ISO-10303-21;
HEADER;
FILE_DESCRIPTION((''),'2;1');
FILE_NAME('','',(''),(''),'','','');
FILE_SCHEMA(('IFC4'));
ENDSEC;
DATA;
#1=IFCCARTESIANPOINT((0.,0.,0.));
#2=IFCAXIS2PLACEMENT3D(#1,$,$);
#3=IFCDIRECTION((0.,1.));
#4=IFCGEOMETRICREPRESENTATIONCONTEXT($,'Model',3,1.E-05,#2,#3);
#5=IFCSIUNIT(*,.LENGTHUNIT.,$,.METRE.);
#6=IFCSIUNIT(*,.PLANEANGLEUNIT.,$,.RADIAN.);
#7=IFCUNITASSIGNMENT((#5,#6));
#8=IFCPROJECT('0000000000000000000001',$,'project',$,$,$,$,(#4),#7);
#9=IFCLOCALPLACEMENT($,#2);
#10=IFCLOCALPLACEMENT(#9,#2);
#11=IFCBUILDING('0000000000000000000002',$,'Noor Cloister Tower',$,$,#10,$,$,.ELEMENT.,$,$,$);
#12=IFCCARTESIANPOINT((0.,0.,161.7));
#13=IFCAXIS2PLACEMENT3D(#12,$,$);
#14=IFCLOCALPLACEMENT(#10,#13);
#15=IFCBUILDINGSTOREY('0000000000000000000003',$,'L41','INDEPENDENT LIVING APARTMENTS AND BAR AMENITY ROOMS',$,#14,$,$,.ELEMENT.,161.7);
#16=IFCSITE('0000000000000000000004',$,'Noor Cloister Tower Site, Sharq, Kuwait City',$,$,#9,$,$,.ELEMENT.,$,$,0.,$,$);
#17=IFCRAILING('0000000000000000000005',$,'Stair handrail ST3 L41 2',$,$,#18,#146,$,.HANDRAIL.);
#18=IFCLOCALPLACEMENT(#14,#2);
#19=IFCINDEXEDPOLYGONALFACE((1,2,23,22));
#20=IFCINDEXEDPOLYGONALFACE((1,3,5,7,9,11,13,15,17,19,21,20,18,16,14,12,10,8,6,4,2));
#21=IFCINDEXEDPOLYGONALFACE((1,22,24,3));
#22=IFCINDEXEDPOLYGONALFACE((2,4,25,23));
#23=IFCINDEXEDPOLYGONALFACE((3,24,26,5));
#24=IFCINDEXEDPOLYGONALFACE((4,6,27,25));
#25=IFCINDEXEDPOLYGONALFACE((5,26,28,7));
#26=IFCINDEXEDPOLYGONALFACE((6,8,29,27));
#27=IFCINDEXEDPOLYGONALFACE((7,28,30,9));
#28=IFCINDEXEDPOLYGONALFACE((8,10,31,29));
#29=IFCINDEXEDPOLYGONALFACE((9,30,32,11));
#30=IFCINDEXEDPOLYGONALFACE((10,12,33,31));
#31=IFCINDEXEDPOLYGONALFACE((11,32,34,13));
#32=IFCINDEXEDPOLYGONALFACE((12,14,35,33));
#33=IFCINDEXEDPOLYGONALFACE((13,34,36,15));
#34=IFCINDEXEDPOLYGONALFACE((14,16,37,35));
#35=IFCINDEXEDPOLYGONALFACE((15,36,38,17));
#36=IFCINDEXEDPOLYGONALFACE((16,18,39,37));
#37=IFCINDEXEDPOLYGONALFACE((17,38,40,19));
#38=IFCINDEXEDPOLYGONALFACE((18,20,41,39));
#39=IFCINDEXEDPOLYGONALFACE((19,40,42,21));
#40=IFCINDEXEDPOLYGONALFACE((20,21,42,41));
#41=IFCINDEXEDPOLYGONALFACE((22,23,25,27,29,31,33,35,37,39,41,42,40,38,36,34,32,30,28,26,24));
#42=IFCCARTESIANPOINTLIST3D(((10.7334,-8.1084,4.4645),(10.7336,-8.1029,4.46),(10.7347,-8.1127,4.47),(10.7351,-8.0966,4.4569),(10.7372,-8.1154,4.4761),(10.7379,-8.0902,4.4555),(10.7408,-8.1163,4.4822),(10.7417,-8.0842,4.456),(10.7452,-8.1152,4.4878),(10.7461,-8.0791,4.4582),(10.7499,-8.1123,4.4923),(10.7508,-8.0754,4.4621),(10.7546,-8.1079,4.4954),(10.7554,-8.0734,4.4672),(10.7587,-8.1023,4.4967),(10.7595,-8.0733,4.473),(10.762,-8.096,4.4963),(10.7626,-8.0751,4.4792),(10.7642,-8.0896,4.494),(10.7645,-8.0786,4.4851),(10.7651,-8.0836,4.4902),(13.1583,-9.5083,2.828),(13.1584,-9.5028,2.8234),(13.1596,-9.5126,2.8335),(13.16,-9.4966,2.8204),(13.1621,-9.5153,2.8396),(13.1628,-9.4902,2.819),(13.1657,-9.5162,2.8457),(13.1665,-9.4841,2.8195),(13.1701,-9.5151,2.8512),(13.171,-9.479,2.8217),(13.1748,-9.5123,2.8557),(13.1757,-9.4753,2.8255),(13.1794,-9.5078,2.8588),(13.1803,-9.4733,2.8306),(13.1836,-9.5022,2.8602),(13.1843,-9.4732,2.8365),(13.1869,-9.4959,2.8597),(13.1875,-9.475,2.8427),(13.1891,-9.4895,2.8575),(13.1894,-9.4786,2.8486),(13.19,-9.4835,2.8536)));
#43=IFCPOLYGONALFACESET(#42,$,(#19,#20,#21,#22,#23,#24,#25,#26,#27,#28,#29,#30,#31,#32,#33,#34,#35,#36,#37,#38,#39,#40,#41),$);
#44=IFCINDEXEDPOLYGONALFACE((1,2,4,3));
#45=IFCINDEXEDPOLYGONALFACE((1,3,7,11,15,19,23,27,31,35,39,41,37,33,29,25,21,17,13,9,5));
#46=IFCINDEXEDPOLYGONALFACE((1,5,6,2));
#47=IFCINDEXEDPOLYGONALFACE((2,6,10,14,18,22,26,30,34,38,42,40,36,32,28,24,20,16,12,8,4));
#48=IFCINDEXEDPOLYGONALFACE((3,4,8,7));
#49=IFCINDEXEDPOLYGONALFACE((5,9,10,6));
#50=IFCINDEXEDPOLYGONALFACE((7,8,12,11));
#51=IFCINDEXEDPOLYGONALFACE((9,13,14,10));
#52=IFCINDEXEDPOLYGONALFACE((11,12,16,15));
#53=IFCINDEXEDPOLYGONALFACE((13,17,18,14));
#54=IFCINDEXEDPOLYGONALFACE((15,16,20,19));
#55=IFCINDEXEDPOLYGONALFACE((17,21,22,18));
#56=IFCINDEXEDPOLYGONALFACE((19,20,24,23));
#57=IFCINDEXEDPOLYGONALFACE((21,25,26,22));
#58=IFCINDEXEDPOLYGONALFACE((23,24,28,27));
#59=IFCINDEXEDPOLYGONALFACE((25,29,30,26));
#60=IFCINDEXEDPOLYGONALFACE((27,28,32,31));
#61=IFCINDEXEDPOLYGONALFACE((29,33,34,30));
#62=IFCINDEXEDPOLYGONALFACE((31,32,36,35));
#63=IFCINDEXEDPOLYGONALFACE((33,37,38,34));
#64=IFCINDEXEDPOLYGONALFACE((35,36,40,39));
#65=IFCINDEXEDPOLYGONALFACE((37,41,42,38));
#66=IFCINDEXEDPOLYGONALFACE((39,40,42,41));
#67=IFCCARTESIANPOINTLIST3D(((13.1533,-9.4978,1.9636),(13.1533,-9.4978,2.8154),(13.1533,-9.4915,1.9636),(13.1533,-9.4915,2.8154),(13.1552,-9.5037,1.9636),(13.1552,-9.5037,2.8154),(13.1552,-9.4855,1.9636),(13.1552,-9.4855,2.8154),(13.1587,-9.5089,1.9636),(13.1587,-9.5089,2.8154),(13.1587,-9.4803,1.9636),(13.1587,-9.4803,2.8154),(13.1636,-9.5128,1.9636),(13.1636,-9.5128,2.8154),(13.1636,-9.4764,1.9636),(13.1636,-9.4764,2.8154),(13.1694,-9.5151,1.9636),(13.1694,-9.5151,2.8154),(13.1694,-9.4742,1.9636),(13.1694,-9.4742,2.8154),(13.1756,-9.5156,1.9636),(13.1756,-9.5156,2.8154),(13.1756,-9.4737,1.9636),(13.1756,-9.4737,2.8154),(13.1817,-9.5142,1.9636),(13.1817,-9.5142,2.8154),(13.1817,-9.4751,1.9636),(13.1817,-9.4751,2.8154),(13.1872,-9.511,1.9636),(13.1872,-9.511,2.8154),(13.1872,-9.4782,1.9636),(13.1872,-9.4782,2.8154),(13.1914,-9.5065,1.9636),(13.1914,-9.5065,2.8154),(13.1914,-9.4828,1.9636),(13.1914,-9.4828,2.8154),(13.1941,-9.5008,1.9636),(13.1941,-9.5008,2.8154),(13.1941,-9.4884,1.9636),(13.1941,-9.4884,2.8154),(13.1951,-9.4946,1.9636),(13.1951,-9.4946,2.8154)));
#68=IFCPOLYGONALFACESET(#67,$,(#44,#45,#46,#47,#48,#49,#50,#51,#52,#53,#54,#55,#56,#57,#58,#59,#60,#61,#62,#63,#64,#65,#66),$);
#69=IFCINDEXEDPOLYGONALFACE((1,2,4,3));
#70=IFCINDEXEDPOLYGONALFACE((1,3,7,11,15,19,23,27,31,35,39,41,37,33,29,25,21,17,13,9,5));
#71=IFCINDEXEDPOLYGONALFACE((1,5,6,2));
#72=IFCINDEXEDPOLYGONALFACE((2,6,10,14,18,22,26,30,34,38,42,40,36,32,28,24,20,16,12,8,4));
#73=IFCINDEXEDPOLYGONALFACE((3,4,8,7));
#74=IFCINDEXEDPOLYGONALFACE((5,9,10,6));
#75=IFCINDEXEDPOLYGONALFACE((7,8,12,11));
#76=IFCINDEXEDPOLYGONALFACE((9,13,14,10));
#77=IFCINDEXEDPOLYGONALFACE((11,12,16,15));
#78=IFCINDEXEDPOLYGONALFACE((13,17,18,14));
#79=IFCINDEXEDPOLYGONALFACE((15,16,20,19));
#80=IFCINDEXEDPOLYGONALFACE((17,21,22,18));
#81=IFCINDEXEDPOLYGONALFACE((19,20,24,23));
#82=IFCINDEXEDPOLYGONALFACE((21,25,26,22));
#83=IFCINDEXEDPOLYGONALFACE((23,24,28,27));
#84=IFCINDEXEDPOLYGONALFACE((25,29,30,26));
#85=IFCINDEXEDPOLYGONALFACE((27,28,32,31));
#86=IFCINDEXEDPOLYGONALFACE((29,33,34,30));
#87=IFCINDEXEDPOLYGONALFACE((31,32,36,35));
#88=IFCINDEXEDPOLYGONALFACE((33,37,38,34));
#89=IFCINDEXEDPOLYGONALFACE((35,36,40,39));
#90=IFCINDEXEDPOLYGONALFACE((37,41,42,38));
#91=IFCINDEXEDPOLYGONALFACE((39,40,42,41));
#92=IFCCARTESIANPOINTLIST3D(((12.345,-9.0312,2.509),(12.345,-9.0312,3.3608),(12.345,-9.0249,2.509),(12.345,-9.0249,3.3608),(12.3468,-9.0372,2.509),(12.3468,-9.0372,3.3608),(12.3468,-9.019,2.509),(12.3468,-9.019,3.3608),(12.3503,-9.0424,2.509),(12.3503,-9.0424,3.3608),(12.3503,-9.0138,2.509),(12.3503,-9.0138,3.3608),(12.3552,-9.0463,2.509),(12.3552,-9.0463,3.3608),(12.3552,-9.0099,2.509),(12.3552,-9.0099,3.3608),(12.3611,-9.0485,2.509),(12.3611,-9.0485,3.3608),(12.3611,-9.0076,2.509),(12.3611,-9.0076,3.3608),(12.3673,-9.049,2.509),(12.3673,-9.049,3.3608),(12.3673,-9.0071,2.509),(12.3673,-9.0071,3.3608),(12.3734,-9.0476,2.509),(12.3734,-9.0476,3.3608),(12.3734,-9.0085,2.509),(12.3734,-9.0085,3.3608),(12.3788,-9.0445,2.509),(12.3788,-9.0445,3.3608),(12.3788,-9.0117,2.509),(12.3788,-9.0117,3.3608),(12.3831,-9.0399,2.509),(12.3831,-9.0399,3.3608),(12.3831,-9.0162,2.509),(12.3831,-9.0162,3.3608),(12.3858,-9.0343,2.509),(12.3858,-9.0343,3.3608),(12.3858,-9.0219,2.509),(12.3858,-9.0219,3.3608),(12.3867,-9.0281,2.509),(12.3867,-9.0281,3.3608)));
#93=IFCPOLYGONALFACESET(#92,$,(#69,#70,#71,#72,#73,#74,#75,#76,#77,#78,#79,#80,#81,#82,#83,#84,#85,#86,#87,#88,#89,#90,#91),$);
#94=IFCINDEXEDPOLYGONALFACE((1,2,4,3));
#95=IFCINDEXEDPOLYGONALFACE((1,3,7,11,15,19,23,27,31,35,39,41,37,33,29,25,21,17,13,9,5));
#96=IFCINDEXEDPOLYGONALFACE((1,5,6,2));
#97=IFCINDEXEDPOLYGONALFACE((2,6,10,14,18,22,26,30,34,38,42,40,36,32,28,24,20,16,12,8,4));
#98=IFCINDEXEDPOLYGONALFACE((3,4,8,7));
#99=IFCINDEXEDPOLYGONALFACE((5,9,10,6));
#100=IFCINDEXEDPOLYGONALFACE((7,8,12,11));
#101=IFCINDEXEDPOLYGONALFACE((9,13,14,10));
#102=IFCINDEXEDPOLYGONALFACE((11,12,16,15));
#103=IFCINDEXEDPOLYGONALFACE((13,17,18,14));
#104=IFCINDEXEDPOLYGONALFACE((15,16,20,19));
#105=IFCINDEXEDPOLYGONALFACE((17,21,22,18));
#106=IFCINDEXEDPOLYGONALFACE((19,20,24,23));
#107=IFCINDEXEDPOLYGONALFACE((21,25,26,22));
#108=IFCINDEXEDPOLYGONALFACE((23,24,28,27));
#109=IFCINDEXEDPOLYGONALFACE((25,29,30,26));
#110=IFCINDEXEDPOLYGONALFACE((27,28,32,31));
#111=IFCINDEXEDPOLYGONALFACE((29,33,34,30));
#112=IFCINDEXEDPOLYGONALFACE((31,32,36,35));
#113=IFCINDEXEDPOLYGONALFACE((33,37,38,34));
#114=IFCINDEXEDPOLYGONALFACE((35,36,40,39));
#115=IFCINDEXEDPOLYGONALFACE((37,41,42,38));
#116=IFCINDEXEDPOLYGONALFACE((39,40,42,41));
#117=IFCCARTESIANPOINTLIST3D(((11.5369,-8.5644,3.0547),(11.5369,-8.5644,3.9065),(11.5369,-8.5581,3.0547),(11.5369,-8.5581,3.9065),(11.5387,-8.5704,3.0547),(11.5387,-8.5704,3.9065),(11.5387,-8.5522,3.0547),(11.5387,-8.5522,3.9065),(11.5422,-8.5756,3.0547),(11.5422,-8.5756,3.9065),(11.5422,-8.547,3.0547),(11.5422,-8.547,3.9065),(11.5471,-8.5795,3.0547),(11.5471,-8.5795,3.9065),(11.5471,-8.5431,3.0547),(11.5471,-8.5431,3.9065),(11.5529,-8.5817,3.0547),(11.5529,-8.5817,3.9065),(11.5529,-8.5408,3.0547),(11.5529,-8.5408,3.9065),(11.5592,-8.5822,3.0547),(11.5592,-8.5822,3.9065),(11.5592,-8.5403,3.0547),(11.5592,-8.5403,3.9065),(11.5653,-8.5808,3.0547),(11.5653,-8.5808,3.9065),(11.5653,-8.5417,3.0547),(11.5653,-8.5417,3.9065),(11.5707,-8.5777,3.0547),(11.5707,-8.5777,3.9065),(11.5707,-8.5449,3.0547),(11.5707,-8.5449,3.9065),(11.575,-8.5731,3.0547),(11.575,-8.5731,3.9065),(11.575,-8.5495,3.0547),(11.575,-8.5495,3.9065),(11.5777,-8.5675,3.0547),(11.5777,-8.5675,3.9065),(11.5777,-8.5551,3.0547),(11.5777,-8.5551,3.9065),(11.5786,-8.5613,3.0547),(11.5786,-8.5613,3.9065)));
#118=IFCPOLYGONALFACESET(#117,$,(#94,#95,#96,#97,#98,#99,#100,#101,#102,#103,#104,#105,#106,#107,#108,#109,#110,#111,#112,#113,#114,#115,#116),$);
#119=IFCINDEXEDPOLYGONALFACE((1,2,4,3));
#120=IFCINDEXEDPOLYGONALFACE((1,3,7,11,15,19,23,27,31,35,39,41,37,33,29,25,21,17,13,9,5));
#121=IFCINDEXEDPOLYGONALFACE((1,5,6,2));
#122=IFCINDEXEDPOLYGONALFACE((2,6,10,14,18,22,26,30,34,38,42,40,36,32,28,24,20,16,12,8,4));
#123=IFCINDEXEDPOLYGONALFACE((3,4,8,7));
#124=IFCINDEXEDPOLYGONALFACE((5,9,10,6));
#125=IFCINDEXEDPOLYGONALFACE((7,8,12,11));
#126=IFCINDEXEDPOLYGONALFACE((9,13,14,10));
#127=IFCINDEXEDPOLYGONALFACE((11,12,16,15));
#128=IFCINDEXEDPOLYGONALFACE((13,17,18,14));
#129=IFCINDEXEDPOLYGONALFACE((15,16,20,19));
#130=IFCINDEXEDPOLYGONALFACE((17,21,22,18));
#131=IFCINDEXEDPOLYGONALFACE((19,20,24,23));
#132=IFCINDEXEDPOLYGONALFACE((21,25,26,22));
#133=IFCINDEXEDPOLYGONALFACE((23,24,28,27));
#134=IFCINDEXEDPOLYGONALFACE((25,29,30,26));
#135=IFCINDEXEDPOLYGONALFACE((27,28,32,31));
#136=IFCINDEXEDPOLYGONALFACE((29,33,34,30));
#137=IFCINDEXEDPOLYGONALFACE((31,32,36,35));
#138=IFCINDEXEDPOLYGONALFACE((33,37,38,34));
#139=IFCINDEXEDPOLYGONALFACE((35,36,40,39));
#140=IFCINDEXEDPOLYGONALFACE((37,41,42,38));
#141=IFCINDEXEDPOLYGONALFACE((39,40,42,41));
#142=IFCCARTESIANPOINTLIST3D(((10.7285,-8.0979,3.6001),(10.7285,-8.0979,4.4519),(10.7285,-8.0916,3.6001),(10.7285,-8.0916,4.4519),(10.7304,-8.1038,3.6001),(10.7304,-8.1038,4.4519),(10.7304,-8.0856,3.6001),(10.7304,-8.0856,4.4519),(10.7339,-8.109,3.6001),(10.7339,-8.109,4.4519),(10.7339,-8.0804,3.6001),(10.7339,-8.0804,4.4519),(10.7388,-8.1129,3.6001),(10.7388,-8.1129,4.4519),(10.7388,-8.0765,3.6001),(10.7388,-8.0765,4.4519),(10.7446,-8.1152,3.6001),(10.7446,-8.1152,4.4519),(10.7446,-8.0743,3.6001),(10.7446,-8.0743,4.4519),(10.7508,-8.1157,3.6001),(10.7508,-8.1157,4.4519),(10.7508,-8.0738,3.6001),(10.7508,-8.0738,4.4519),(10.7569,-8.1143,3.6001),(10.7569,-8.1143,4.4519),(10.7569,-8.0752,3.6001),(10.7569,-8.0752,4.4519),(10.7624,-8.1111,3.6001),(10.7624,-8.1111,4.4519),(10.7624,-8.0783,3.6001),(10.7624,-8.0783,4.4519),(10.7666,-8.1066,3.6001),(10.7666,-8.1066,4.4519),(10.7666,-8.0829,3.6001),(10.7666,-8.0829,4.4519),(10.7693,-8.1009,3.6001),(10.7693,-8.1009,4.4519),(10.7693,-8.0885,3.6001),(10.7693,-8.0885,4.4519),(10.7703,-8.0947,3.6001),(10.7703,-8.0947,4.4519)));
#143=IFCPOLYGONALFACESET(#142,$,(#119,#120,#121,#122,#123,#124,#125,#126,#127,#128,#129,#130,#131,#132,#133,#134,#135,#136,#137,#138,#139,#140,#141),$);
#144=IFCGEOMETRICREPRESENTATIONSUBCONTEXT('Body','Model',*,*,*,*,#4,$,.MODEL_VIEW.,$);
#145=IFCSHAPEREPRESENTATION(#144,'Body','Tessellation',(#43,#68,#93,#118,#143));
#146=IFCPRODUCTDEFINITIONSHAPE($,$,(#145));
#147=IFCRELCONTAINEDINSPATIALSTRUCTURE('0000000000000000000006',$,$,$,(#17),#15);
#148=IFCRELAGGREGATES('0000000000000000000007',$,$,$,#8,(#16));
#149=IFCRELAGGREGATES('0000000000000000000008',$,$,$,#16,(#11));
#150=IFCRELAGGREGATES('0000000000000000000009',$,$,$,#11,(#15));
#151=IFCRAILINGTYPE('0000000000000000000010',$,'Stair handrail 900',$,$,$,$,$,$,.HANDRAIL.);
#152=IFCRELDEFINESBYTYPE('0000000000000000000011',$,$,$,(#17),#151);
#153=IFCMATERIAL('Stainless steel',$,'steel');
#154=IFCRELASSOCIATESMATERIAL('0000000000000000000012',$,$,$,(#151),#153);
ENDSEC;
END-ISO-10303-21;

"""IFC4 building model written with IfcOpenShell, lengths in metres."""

from ifc_helpers import new_model, si_unit, direction, frame, origin, origin_2d, place, context, subcontext, project, spatial, circle, extrude, material, type_object, element, save


model = new_model("IFC4")

# Units and contexts
model_context = context("Model", 3, precision=1e-05, world=origin(), true_north=direction((0.0, 1.0)))
body_context = subcontext(model_context, "Body", "Model", "MODEL_VIEW")
ifc_project = project(units=[si_unit("LENGTHUNIT", "METRE"), si_unit("PLANEANGLEUNIT", "RADIAN")], contexts=[model_context])

# Site, building, storey
site_placement = place(None, origin())
site = spatial("IfcSite", under=ifc_project, at=site_placement, Name="Noor Cloister Tower Site, Sharq, Kuwait City", CompositionType="ELEMENT", RefElevation=0.0)
building_placement = place(site_placement, origin())
building = spatial("IfcBuilding", under=site, at=building_placement, Name="Noor Cloister Tower", CompositionType="ELEMENT")
storey_placement = place(building_placement, frame((0.0, 0.0, 161.7)))
storey = spatial("IfcBuildingStorey", under=building, at=storey_placement, Name="L41", Description="INDEPENDENT LIVING APARTMENTS AND BAR AMENITY ROOMS", CompositionType="ELEMENT", Elevation=161.7)

# Railing
ifc_material_1 = material(Name="Stainless steel", Category="steel")
railing_type_1 = type_object("IfcRailingType", Name="Stair handrail 900", PredefinedType="HANDRAIL", material=ifc_material_1)
railing_1_placement = place(storey_placement, frame((13.1741, -9.4946, 1.9636)))
element("IfcRailing", 1, at=railing_1_placement, inside=storey, type_object=railing_type_1, Name="Stair handrail ST3 L41 2", PredefinedType="HANDRAIL", context=body_context, shape_type="SweptSolid", body=[
    extrude(circle(Radius=0.0239, at=origin_2d()), frame((0.0, 0.0, 0.876), z_axis=(-0.74769, 0.431661, 0.504608), x_axis=(-0.499984, -0.866035, 0.0)), (0.0, 0.0, 1.0), 3.2432),
    extrude(circle(Radius=0.021, at=origin_2d()), origin(), (0.0, 0.0, 1.0), 0.8518),
    extrude(circle(Radius=0.021, at=origin_2d()), frame((-0.8083, 0.4666, 0.5454)), (0.0, 0.0, 1.0), 0.8518),
    extrude(circle(Radius=0.021, at=origin_2d()), frame((-1.6165, 0.9333, 1.0911)), (0.0, 0.0, 1.0), 0.8518),
    extrude(circle(Radius=0.021, at=origin_2d()), frame((-2.4248, 1.3999, 1.6365)), (0.0, 0.0, 1.0), 0.8518),
])

save(model, "model.ifc")
